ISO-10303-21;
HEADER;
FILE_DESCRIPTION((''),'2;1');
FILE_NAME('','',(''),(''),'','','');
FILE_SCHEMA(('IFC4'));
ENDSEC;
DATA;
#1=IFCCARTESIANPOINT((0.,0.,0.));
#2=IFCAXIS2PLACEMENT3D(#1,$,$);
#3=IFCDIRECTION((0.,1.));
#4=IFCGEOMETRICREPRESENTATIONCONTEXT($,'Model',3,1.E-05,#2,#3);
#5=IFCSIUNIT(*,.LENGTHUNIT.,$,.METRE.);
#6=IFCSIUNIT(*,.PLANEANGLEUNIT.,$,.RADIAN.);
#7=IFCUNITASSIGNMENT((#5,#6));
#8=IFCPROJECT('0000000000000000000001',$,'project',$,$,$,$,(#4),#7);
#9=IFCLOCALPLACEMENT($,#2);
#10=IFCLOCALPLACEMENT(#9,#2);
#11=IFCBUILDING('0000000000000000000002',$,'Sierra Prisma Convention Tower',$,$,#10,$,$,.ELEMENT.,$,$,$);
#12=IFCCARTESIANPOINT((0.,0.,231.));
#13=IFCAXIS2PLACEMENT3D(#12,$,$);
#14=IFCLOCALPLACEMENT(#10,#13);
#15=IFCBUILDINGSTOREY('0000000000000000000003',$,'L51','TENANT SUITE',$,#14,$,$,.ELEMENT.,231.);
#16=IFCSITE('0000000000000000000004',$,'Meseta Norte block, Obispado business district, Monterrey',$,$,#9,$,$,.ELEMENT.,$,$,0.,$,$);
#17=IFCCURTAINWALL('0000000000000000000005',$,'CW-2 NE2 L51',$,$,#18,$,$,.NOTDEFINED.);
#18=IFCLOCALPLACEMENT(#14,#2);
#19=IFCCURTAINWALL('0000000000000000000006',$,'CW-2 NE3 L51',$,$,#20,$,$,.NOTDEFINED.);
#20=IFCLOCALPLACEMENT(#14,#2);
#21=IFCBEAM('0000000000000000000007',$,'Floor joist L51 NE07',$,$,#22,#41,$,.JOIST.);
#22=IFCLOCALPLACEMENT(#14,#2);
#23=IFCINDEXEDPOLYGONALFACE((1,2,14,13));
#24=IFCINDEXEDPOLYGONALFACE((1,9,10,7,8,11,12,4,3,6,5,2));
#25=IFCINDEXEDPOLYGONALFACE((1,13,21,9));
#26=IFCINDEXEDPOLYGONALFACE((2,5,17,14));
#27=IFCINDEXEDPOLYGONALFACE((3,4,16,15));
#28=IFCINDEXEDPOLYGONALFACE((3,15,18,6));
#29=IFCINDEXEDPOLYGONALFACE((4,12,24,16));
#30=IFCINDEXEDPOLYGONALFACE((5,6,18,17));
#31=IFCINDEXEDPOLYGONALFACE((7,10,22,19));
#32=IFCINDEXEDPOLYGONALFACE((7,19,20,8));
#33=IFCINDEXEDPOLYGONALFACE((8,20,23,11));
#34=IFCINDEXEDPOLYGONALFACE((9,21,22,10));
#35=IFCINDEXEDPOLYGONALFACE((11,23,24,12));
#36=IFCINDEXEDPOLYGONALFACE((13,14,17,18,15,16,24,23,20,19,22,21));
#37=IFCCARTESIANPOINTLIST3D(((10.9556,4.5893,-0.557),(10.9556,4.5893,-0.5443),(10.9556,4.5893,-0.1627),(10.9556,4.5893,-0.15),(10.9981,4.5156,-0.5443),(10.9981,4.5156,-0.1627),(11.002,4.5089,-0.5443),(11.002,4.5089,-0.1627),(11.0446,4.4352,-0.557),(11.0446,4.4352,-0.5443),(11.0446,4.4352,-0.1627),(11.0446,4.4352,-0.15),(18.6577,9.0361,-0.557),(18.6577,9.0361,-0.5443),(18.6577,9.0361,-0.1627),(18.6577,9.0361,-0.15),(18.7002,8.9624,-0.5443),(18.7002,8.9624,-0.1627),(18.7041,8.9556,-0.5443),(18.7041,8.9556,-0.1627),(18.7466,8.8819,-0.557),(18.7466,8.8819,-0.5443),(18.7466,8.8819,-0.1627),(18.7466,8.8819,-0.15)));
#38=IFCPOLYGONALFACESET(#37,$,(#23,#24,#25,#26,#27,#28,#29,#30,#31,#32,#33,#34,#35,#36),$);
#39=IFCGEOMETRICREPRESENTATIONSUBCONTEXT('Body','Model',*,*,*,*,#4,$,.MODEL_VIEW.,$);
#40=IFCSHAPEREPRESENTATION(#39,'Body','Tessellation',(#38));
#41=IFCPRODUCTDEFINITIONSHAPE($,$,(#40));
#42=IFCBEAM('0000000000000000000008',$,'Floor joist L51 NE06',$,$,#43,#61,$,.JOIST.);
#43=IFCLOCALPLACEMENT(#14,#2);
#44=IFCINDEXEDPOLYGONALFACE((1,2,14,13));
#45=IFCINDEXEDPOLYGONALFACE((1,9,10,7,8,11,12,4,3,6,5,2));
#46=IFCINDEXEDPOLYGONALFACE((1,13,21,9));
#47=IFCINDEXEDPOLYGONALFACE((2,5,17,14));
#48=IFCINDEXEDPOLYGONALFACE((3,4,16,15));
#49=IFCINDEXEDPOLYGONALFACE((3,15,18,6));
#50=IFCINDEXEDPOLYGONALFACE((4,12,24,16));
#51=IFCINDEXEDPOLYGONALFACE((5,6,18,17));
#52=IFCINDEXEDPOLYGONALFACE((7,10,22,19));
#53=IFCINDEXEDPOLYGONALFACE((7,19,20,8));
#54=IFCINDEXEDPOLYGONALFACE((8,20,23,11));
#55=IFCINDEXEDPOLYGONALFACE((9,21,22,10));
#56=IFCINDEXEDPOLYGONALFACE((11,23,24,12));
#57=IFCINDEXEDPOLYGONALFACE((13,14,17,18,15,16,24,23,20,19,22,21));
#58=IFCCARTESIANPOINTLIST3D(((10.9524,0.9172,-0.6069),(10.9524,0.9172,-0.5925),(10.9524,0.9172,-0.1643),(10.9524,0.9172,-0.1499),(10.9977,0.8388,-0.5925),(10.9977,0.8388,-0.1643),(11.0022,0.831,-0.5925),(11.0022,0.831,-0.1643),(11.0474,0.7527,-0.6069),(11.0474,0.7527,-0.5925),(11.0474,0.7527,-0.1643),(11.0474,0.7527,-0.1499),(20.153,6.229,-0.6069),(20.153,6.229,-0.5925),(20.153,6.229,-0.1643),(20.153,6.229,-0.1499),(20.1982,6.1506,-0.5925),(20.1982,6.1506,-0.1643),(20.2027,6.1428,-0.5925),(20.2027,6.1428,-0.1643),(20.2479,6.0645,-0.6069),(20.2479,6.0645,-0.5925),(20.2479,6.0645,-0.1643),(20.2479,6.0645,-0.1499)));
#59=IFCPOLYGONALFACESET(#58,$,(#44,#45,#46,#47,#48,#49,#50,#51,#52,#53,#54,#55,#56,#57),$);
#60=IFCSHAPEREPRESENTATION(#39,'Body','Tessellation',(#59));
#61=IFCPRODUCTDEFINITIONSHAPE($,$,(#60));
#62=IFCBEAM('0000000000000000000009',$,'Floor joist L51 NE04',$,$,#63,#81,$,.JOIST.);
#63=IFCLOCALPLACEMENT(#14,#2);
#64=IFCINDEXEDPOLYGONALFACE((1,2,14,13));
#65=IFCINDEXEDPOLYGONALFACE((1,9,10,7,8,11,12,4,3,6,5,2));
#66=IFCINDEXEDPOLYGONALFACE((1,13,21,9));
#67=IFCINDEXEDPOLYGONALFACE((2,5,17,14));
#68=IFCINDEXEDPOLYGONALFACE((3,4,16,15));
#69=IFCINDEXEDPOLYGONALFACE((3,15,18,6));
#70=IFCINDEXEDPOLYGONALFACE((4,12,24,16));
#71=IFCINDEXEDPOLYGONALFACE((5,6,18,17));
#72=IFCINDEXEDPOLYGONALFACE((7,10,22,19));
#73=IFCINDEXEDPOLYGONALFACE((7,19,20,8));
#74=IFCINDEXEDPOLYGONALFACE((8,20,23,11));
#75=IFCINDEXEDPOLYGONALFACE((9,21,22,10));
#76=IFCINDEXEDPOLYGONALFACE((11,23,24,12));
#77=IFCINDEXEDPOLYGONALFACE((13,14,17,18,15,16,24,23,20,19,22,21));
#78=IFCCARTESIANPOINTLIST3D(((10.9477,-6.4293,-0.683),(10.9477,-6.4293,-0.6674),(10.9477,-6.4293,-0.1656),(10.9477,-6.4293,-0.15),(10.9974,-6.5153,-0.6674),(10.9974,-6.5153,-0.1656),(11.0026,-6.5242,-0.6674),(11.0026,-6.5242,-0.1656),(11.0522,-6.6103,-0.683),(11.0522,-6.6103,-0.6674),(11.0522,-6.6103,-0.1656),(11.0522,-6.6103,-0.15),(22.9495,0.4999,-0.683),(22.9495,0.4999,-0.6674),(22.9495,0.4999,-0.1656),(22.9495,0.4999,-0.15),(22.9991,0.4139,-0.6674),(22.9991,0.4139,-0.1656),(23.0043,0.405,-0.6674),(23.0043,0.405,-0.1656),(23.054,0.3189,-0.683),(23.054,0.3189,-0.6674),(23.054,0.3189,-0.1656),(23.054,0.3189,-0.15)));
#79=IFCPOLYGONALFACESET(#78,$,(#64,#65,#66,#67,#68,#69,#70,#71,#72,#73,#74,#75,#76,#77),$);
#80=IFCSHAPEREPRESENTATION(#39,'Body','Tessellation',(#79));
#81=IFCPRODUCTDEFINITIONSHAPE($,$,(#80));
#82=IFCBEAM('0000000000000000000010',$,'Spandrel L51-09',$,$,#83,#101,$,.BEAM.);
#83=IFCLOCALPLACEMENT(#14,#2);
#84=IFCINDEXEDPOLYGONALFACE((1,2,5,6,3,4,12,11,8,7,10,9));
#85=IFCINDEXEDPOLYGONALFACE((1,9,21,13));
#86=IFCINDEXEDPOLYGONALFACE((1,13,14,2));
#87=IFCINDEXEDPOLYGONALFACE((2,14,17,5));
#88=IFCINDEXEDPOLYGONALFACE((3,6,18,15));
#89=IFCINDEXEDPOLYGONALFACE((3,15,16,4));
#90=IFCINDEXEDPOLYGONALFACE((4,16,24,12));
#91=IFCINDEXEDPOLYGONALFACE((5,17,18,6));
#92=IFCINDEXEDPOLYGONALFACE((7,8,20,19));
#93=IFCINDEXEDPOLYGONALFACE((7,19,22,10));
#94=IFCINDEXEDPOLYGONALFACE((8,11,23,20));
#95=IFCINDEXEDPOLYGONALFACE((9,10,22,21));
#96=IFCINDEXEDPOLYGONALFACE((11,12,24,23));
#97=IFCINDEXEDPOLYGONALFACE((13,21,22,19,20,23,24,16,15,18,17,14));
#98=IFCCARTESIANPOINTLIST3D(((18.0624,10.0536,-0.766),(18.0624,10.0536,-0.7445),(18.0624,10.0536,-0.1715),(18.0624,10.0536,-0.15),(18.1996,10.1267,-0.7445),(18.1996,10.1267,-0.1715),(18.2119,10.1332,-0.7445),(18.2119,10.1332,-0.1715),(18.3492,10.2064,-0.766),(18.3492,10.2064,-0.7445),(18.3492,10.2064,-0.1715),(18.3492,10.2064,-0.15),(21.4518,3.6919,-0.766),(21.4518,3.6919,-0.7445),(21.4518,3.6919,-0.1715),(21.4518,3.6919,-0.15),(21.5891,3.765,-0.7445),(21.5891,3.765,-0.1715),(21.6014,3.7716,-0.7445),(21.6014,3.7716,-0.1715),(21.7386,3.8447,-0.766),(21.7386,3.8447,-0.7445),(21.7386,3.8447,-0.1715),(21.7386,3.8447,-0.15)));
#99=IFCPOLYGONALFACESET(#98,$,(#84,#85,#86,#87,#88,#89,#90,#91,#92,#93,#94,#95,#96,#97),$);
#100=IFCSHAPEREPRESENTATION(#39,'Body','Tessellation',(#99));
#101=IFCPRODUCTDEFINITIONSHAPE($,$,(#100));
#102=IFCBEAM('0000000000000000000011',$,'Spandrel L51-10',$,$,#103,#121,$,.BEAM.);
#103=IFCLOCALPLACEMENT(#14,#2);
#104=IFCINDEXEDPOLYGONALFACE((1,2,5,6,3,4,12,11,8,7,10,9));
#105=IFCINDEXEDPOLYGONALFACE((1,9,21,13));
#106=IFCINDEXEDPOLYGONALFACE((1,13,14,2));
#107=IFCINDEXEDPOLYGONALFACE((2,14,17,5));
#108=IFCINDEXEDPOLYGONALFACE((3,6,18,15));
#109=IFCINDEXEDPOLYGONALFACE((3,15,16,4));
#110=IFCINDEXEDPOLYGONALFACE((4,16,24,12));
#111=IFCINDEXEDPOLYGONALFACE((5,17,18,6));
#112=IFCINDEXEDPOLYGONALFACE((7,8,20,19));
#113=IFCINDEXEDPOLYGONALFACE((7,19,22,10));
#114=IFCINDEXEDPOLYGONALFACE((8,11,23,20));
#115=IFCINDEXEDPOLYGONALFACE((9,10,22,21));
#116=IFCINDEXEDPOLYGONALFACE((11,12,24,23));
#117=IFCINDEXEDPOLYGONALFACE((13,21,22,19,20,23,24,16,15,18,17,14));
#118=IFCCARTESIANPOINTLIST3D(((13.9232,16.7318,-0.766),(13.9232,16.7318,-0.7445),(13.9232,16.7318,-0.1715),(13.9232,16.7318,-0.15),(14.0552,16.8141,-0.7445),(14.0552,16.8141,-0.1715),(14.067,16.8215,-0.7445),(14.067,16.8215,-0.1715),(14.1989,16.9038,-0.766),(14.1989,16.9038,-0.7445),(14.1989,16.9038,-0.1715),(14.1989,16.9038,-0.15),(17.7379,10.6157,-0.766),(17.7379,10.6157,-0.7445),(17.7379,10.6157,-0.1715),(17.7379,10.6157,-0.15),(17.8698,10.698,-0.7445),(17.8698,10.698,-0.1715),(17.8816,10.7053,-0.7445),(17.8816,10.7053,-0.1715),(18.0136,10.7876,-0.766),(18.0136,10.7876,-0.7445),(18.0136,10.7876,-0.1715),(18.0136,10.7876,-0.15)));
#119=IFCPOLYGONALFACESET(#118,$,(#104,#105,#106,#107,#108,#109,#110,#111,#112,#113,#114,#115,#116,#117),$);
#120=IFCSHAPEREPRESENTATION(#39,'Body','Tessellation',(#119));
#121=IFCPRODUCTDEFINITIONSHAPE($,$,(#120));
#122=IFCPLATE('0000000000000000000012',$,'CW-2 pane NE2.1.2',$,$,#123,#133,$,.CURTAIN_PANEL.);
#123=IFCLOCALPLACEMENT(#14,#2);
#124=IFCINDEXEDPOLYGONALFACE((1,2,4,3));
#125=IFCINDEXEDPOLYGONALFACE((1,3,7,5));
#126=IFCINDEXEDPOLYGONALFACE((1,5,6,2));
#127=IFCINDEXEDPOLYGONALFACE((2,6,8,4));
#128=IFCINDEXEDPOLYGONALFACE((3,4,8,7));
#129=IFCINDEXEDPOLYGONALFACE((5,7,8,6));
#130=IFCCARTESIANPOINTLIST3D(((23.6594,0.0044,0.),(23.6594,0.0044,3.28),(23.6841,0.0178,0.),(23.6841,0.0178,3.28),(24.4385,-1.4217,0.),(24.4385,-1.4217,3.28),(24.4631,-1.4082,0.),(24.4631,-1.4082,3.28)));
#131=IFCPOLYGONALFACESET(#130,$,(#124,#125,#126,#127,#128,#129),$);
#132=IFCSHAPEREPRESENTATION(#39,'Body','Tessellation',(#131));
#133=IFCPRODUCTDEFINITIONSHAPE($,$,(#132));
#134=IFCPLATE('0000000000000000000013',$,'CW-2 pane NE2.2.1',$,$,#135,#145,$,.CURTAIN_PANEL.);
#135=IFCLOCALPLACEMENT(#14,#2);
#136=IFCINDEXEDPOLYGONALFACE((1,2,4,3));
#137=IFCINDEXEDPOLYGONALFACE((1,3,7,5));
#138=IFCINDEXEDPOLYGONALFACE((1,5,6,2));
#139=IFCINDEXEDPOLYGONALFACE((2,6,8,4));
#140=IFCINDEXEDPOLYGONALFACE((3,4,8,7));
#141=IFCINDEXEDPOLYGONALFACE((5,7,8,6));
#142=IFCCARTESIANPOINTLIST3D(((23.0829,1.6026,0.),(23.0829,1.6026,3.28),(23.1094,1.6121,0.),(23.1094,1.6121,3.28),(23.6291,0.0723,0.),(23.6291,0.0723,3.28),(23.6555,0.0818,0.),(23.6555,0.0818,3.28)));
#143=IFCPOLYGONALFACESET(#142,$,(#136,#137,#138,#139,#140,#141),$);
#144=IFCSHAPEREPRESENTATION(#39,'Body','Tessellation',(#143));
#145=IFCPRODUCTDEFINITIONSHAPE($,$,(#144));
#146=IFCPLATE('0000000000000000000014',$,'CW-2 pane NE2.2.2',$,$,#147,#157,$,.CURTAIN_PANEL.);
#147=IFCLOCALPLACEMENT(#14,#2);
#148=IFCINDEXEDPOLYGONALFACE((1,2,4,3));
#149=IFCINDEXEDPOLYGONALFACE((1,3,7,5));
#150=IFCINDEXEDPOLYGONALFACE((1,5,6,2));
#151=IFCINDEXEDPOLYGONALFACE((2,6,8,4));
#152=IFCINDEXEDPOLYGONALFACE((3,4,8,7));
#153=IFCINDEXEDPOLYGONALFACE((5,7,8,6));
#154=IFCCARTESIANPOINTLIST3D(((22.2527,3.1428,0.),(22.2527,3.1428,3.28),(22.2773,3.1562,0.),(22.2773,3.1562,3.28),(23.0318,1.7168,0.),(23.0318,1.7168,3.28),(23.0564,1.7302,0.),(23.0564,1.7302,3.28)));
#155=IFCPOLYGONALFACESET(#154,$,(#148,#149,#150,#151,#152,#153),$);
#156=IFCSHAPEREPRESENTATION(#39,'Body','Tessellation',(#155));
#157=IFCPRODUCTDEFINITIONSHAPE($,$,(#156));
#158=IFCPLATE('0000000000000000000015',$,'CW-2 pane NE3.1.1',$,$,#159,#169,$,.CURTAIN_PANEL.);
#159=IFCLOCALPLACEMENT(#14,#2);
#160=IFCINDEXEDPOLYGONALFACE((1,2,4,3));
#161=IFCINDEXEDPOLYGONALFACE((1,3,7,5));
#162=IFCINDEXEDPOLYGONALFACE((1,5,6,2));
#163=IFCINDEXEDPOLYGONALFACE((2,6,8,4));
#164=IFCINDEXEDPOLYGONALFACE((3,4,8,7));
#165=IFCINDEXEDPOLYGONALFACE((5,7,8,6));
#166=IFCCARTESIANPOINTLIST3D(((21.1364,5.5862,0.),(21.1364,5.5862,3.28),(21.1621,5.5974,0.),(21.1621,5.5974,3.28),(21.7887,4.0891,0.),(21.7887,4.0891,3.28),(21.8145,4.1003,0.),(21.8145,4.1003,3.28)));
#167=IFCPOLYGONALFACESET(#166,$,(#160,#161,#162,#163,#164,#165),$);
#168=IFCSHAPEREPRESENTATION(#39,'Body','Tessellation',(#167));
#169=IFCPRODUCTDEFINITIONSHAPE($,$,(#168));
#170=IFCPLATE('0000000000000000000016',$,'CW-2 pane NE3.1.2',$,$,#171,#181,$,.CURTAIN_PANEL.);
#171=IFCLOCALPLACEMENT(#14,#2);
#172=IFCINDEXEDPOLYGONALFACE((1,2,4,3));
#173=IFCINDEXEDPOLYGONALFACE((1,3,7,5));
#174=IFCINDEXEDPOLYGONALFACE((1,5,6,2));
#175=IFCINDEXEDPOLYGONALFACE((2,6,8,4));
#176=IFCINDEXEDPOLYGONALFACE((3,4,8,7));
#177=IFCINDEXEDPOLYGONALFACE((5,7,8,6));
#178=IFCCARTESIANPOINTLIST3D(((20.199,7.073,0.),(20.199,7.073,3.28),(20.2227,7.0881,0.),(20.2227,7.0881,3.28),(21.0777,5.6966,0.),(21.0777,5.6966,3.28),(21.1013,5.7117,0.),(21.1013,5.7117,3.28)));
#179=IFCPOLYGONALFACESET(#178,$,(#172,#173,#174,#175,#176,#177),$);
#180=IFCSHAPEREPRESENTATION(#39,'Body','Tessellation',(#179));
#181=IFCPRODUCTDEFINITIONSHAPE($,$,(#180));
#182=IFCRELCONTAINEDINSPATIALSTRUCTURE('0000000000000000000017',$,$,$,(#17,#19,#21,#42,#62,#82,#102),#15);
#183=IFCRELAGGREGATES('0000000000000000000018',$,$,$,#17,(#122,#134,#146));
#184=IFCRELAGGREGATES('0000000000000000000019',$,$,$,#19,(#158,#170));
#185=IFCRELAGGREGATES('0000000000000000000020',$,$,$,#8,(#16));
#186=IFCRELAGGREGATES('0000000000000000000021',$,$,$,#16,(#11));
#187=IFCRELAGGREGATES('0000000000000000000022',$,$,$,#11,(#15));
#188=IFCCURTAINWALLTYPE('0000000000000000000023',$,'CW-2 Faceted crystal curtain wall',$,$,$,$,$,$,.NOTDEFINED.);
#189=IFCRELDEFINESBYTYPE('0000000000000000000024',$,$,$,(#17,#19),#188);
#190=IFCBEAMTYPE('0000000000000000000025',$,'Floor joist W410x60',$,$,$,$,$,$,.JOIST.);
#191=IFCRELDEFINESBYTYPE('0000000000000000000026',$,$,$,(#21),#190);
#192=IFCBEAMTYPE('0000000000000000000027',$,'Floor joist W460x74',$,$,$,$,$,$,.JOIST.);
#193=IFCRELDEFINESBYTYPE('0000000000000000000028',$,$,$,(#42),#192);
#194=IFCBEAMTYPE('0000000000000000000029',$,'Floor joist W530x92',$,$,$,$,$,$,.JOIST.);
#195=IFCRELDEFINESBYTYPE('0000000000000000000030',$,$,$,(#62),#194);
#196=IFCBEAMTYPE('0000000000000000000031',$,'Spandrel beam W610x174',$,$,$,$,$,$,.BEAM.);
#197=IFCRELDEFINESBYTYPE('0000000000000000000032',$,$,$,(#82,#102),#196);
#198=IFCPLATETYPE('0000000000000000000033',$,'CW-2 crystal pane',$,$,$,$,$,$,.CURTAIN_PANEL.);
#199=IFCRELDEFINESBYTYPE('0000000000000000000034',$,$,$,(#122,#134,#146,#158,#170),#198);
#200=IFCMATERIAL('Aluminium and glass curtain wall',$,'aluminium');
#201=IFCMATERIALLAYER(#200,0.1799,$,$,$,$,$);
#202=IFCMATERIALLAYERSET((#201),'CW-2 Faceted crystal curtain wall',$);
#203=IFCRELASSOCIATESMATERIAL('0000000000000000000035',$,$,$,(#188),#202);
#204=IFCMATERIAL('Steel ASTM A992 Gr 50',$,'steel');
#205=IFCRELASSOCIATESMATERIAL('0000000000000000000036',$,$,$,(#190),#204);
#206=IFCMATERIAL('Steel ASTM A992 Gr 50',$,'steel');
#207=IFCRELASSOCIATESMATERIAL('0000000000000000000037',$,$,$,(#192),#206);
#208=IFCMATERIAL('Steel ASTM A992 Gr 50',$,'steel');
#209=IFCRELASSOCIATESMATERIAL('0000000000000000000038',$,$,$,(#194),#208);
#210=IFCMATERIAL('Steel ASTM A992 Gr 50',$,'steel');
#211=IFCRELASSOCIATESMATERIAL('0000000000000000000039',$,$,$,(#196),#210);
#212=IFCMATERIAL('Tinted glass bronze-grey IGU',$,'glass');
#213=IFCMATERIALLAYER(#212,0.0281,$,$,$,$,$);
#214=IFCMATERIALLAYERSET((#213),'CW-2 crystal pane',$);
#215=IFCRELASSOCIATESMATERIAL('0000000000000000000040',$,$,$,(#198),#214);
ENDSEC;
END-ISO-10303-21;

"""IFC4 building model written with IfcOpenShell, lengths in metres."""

from ifc_helpers import new_model, si_unit, direction, frame, origin, origin_2d, place, context, subcontext, project, spatial, polyline, i_section, outline, extrude, material, layer, layer_set, material_profile, profile_set, type_object, element, aggregate, save


model = new_model("IFC4")

# Units and contexts
model_context = context("Model", 3, precision=1e-05, world=origin(), true_north=direction((0.0, 1.0)))
body_context = subcontext(model_context, "Body", "Model", "MODEL_VIEW")
ifc_project = project(units=[si_unit("LENGTHUNIT", "METRE"), si_unit("PLANEANGLEUNIT", "RADIAN")], contexts=[model_context])

# Site, building, storey
site_placement = place(None, origin())
site = spatial("IfcSite", under=ifc_project, at=site_placement, Name="Meseta Norte block, Obispado business district, Monterrey", CompositionType="ELEMENT", RefElevation=0.0)
building_placement = place(site_placement, origin())
building = spatial("IfcBuilding", under=site, at=building_placement, Name="Sierra Prisma Convention Tower", CompositionType="ELEMENT")
storey_placement = place(building_placement, frame((0.0, 0.0, 231.0)))
storey = spatial("IfcBuildingStorey", under=building, at=storey_placement, Name="L51", Description="TENANT SUITE", CompositionType="ELEMENT", Elevation=231.0)

# Curtain walls
ifc_material_1 = material(Name="Aluminium and glass curtain wall", Category="aluminium")
ifc_layer_1 = layer(ifc_material_1, 0.1799)
ifc_layer_set_1 = layer_set([ifc_layer_1], Name="CW-2 Faceted crystal curtain wall")
curtain_wall_type = type_object("IfcCurtainWallType", Name="CW-2 Faceted crystal curtain wall", PredefinedType="NOTDEFINED", material=ifc_layer_set_1)
curtain_wall_1_placement = place(storey_placement, origin())
curtain_wall_1 = element("IfcCurtainWall", 1, at=curtain_wall_1_placement, inside=storey, type_object=curtain_wall_type, Name="CW-2 NE2 L51", PredefinedType="NOTDEFINED")
curtain_wall_2_placement = place(storey_placement, origin())
curtain_wall_2 = element("IfcCurtainWall", 2, at=curtain_wall_2_placement, inside=storey, type_object=curtain_wall_type, Name="CW-2 NE3 L51", PredefinedType="NOTDEFINED")

# Beams
ifc_material_2 = material(Name="Steel ASTM A992 Gr 50", Category="steel")
ifc_material_profile_1 = material_profile(ifc_material_2, i_section(OverallWidth=0.178, OverallDepth=0.407, WebThickness=0.0078, FlangeThickness=0.0127, at=origin_2d()), Name="W410x60")
ifc_profile_set_1 = profile_set([ifc_material_profile_1], Name="Steel ASTM A992 Gr 50")
beam_type_1 = type_object("IfcBeamType", Name="Floor joist W410x60", PredefinedType="JOIST", material=ifc_profile_set_1)
beam_1_placement = place(storey_placement, frame((18.7021, 8.959, -0.3535), z_axis=(-0.866028, -0.499995, 0.0), x_axis=(0.499995, -0.866028, 0.0)))
element("IfcBeam", 3, at=beam_1_placement, inside=storey, type_object=beam_type_1, Name="Floor joist L51 NE07", PredefinedType="JOIST", context=body_context, shape_type="SweptSolid", body=[
    extrude(i_section(OverallWidth=0.178, OverallDepth=0.407, WebThickness=0.0078, FlangeThickness=0.0127, at=origin_2d()), origin(), (0.0, 0.0, 1.0), 8.8936),
])
ifc_material_3 = material(Name="Steel ASTM A992 Gr 50", Category="steel")
ifc_material_profile_2 = material_profile(ifc_material_3, i_section(OverallWidth=0.1899, OverallDepth=0.457, WebThickness=0.009, FlangeThickness=0.0144, at=origin_2d()), Name="W460x74")
ifc_profile_set_2 = profile_set([ifc_material_profile_2], Name="Steel ASTM A992 Gr 50")
beam_type_2 = type_object("IfcBeamType", Name="Floor joist W460x74", PredefinedType="JOIST", material=ifc_profile_set_2)
beam_2_placement = place(storey_placement, frame((20.2004, 6.1467, -0.3784), z_axis=(-0.86603, -0.499992, 0.0), x_axis=(0.499992, -0.86603, 0.0)))
element("IfcBeam", 4, at=beam_2_placement, inside=storey, type_object=beam_type_2, Name="Floor joist L51 NE06", PredefinedType="JOIST", context=body_context, shape_type="SweptSolid", body=[
    extrude(i_section(OverallWidth=0.1899, OverallDepth=0.457, WebThickness=0.009, FlangeThickness=0.0144, at=origin_2d()), origin(), (0.0, 0.0, 1.0), 10.6238),
])
ifc_material_4 = material(Name="Steel ASTM A992 Gr 50", Category="steel")
ifc_material_profile_3 = material_profile(ifc_material_4, i_section(OverallWidth=0.209, OverallDepth=0.533, WebThickness=0.0103, FlangeThickness=0.0156, at=origin_2d()), Name="W530x92")
ifc_profile_set_3 = profile_set([ifc_material_profile_3], Name="Steel ASTM A992 Gr 50")
beam_type_3 = type_object("IfcBeamType", Name="Floor joist W530x92", PredefinedType="JOIST", material=ifc_profile_set_3)
beam_3_placement = place(storey_placement, frame((23.0017, 0.4094, -0.4165), z_axis=(-0.866025, -0.500001, 0.0), x_axis=(0.500001, -0.866025, 0.0)))
element("IfcBeam", 5, at=beam_3_placement, inside=storey, type_object=beam_type_3, Name="Floor joist L51 NE04", PredefinedType="JOIST", context=body_context, shape_type="SweptSolid", body=[
    extrude(i_section(OverallWidth=0.209, OverallDepth=0.533, WebThickness=0.0103, FlangeThickness=0.0156, at=origin_2d()), origin(), (0.0, 0.0, 1.0), 13.8584),
])
ifc_material_5 = material(Name="Steel ASTM A992 Gr 50", Category="steel")
ifc_material_profile_4 = material_profile(ifc_material_5, i_section(OverallWidth=0.325, OverallDepth=0.616, WebThickness=0.0139, FlangeThickness=0.0215, at=origin_2d()), Name="W610x174")
ifc_profile_set_4 = profile_set([ifc_material_profile_4], Name="Steel ASTM A992 Gr 50")
beam_type_4 = type_object("IfcBeamType", Name="Spandrel beam W610x174", PredefinedType="BEAM", material=ifc_profile_set_4)
for number, where, z_axis, x_axis, name in (
    (6, (21.5952, 3.7683, -0.458), (-0.470217, 0.882551, 0.0), (-0.882551, -0.470217, 0.0), "Spandrel L51-09"),
    (7, (17.8757, 10.7017, -0.458), (-0.529207, 0.848493, 0.0), (-0.848493, -0.529207, 0.0), "Spandrel L51-10"),
):
    element("IfcBeam", number, at=place(storey_placement, frame(where, z_axis=z_axis, x_axis=x_axis)), inside=storey, type_object=beam_type_4, Name=name, PredefinedType="BEAM", context=body_context, shape_type="SweptSolid", body=[
        extrude(i_section(OverallWidth=0.325, OverallDepth=0.616, WebThickness=0.0139, FlangeThickness=0.0215, at=origin_2d()), origin(), (0.0, 0.0, 1.0), 7.2083),
    ])

# Plates
ifc_material_6 = material(Name="Tinted glass bronze-grey IGU", Category="glass")
ifc_layer_2 = layer(ifc_material_6, 0.0281)
ifc_layer_set_2 = layer_set([ifc_layer_2], Name="CW-2 crystal pane")
plate_type = type_object("IfcPlateType", Name="CW-2 crystal pane", PredefinedType="CURTAIN_PANEL", material=ifc_layer_set_2)
plate_1_placement = place(storey_placement, frame((23.6841, 0.0178, 0.0), z_axis=(0.87758, 0.479431, 0.0), x_axis=(0.479431, -0.87758, 0.0)))
plate_1 = element("IfcPlate", 8, at=plate_1_placement, type_object=plate_type, Name="CW-2 pane NE2.1.2", PredefinedType="CURTAIN_PANEL", context=body_context, shape_type="SweptSolid", body=[
    extrude(outline(polyline([(0.0, 0.0), (1.625, 0.0), (1.625, -3.28), (0.0, -3.28), (0.0, 0.0)])), origin(), (0.0, 0.0, -1.0), 0.0281),
])
plate_2_placement = place(storey_placement, frame((23.6555, 0.0818, 0.0), z_axis=(0.941817, 0.336127, 0.0), x_axis=(-0.336127, 0.941817, 0.0)))
plate_2 = element("IfcPlate", 9, at=plate_2_placement, type_object=plate_type, Name="CW-2 pane NE2.2.1", PredefinedType="CURTAIN_PANEL", context=body_context, shape_type="SweptSolid", body=[
    extrude(outline(polyline([(0.0, 0.0), (1.6248, 0.0), (1.6248, 3.28), (0.0, 3.28), (0.0, 0.0)])), origin(), (0.0, 0.0, -1.0), 0.0281),
])
plate_3_placement = place(storey_placement, frame((22.2773, 3.1562, 0.0), z_axis=(0.87758, 0.479431, 0.0), x_axis=(0.479431, -0.87758, 0.0)))
plate_3 = element("IfcPlate", 10, at=plate_3_placement, type_object=plate_type, Name="CW-2 pane NE2.2.2", PredefinedType="CURTAIN_PANEL", context=body_context, shape_type="SweptSolid", body=[
    extrude(outline(polyline([(0.0, 0.0), (1.625, 0.0), (1.625, -3.28), (0.0, -3.28), (0.0, 0.0)])), origin(), (0.0, 0.0, -1.0), 0.0281),
])
aggregate(curtain_wall_1, [plate_1, plate_2, plate_3])
plate_4_placement = place(storey_placement, frame((21.8145, 4.1003, 0.0), z_axis=(0.916747, 0.399469, 0.0), x_axis=(-0.399469, 0.916747, 0.0)))
plate_4 = element("IfcPlate", 11, at=plate_4_placement, type_object=plate_type, Name="CW-2 pane NE3.1.1", PredefinedType="CURTAIN_PANEL", context=body_context, shape_type="SweptSolid", body=[
    extrude(outline(polyline([(0.0, 0.0), (1.633, 0.0), (1.633, 3.28), (0.0, 3.28), (0.0, 0.0)])), origin(), (0.0, 0.0, -1.0), 0.0281),
])
plate_5_placement = place(storey_placement, frame((20.2227, 7.0881, 0.0), z_axis=(0.842903, 0.538065, 0.0), x_axis=(0.538065, -0.842903, 0.0)))
plate_5 = element("IfcPlate", 12, at=plate_5_placement, type_object=plate_type, Name="CW-2 pane NE3.1.2", PredefinedType="CURTAIN_PANEL", context=body_context, shape_type="SweptSolid", body=[
    extrude(outline(polyline([(0.0, 0.0), (1.633, 0.0), (1.633, -3.28), (0.0, -3.28), (0.0, 0.0)])), origin(), (0.0, 0.0, -1.0), 0.0281),
])
aggregate(curtain_wall_2, [plate_4, plate_5])

save(model, "model.ifc")
